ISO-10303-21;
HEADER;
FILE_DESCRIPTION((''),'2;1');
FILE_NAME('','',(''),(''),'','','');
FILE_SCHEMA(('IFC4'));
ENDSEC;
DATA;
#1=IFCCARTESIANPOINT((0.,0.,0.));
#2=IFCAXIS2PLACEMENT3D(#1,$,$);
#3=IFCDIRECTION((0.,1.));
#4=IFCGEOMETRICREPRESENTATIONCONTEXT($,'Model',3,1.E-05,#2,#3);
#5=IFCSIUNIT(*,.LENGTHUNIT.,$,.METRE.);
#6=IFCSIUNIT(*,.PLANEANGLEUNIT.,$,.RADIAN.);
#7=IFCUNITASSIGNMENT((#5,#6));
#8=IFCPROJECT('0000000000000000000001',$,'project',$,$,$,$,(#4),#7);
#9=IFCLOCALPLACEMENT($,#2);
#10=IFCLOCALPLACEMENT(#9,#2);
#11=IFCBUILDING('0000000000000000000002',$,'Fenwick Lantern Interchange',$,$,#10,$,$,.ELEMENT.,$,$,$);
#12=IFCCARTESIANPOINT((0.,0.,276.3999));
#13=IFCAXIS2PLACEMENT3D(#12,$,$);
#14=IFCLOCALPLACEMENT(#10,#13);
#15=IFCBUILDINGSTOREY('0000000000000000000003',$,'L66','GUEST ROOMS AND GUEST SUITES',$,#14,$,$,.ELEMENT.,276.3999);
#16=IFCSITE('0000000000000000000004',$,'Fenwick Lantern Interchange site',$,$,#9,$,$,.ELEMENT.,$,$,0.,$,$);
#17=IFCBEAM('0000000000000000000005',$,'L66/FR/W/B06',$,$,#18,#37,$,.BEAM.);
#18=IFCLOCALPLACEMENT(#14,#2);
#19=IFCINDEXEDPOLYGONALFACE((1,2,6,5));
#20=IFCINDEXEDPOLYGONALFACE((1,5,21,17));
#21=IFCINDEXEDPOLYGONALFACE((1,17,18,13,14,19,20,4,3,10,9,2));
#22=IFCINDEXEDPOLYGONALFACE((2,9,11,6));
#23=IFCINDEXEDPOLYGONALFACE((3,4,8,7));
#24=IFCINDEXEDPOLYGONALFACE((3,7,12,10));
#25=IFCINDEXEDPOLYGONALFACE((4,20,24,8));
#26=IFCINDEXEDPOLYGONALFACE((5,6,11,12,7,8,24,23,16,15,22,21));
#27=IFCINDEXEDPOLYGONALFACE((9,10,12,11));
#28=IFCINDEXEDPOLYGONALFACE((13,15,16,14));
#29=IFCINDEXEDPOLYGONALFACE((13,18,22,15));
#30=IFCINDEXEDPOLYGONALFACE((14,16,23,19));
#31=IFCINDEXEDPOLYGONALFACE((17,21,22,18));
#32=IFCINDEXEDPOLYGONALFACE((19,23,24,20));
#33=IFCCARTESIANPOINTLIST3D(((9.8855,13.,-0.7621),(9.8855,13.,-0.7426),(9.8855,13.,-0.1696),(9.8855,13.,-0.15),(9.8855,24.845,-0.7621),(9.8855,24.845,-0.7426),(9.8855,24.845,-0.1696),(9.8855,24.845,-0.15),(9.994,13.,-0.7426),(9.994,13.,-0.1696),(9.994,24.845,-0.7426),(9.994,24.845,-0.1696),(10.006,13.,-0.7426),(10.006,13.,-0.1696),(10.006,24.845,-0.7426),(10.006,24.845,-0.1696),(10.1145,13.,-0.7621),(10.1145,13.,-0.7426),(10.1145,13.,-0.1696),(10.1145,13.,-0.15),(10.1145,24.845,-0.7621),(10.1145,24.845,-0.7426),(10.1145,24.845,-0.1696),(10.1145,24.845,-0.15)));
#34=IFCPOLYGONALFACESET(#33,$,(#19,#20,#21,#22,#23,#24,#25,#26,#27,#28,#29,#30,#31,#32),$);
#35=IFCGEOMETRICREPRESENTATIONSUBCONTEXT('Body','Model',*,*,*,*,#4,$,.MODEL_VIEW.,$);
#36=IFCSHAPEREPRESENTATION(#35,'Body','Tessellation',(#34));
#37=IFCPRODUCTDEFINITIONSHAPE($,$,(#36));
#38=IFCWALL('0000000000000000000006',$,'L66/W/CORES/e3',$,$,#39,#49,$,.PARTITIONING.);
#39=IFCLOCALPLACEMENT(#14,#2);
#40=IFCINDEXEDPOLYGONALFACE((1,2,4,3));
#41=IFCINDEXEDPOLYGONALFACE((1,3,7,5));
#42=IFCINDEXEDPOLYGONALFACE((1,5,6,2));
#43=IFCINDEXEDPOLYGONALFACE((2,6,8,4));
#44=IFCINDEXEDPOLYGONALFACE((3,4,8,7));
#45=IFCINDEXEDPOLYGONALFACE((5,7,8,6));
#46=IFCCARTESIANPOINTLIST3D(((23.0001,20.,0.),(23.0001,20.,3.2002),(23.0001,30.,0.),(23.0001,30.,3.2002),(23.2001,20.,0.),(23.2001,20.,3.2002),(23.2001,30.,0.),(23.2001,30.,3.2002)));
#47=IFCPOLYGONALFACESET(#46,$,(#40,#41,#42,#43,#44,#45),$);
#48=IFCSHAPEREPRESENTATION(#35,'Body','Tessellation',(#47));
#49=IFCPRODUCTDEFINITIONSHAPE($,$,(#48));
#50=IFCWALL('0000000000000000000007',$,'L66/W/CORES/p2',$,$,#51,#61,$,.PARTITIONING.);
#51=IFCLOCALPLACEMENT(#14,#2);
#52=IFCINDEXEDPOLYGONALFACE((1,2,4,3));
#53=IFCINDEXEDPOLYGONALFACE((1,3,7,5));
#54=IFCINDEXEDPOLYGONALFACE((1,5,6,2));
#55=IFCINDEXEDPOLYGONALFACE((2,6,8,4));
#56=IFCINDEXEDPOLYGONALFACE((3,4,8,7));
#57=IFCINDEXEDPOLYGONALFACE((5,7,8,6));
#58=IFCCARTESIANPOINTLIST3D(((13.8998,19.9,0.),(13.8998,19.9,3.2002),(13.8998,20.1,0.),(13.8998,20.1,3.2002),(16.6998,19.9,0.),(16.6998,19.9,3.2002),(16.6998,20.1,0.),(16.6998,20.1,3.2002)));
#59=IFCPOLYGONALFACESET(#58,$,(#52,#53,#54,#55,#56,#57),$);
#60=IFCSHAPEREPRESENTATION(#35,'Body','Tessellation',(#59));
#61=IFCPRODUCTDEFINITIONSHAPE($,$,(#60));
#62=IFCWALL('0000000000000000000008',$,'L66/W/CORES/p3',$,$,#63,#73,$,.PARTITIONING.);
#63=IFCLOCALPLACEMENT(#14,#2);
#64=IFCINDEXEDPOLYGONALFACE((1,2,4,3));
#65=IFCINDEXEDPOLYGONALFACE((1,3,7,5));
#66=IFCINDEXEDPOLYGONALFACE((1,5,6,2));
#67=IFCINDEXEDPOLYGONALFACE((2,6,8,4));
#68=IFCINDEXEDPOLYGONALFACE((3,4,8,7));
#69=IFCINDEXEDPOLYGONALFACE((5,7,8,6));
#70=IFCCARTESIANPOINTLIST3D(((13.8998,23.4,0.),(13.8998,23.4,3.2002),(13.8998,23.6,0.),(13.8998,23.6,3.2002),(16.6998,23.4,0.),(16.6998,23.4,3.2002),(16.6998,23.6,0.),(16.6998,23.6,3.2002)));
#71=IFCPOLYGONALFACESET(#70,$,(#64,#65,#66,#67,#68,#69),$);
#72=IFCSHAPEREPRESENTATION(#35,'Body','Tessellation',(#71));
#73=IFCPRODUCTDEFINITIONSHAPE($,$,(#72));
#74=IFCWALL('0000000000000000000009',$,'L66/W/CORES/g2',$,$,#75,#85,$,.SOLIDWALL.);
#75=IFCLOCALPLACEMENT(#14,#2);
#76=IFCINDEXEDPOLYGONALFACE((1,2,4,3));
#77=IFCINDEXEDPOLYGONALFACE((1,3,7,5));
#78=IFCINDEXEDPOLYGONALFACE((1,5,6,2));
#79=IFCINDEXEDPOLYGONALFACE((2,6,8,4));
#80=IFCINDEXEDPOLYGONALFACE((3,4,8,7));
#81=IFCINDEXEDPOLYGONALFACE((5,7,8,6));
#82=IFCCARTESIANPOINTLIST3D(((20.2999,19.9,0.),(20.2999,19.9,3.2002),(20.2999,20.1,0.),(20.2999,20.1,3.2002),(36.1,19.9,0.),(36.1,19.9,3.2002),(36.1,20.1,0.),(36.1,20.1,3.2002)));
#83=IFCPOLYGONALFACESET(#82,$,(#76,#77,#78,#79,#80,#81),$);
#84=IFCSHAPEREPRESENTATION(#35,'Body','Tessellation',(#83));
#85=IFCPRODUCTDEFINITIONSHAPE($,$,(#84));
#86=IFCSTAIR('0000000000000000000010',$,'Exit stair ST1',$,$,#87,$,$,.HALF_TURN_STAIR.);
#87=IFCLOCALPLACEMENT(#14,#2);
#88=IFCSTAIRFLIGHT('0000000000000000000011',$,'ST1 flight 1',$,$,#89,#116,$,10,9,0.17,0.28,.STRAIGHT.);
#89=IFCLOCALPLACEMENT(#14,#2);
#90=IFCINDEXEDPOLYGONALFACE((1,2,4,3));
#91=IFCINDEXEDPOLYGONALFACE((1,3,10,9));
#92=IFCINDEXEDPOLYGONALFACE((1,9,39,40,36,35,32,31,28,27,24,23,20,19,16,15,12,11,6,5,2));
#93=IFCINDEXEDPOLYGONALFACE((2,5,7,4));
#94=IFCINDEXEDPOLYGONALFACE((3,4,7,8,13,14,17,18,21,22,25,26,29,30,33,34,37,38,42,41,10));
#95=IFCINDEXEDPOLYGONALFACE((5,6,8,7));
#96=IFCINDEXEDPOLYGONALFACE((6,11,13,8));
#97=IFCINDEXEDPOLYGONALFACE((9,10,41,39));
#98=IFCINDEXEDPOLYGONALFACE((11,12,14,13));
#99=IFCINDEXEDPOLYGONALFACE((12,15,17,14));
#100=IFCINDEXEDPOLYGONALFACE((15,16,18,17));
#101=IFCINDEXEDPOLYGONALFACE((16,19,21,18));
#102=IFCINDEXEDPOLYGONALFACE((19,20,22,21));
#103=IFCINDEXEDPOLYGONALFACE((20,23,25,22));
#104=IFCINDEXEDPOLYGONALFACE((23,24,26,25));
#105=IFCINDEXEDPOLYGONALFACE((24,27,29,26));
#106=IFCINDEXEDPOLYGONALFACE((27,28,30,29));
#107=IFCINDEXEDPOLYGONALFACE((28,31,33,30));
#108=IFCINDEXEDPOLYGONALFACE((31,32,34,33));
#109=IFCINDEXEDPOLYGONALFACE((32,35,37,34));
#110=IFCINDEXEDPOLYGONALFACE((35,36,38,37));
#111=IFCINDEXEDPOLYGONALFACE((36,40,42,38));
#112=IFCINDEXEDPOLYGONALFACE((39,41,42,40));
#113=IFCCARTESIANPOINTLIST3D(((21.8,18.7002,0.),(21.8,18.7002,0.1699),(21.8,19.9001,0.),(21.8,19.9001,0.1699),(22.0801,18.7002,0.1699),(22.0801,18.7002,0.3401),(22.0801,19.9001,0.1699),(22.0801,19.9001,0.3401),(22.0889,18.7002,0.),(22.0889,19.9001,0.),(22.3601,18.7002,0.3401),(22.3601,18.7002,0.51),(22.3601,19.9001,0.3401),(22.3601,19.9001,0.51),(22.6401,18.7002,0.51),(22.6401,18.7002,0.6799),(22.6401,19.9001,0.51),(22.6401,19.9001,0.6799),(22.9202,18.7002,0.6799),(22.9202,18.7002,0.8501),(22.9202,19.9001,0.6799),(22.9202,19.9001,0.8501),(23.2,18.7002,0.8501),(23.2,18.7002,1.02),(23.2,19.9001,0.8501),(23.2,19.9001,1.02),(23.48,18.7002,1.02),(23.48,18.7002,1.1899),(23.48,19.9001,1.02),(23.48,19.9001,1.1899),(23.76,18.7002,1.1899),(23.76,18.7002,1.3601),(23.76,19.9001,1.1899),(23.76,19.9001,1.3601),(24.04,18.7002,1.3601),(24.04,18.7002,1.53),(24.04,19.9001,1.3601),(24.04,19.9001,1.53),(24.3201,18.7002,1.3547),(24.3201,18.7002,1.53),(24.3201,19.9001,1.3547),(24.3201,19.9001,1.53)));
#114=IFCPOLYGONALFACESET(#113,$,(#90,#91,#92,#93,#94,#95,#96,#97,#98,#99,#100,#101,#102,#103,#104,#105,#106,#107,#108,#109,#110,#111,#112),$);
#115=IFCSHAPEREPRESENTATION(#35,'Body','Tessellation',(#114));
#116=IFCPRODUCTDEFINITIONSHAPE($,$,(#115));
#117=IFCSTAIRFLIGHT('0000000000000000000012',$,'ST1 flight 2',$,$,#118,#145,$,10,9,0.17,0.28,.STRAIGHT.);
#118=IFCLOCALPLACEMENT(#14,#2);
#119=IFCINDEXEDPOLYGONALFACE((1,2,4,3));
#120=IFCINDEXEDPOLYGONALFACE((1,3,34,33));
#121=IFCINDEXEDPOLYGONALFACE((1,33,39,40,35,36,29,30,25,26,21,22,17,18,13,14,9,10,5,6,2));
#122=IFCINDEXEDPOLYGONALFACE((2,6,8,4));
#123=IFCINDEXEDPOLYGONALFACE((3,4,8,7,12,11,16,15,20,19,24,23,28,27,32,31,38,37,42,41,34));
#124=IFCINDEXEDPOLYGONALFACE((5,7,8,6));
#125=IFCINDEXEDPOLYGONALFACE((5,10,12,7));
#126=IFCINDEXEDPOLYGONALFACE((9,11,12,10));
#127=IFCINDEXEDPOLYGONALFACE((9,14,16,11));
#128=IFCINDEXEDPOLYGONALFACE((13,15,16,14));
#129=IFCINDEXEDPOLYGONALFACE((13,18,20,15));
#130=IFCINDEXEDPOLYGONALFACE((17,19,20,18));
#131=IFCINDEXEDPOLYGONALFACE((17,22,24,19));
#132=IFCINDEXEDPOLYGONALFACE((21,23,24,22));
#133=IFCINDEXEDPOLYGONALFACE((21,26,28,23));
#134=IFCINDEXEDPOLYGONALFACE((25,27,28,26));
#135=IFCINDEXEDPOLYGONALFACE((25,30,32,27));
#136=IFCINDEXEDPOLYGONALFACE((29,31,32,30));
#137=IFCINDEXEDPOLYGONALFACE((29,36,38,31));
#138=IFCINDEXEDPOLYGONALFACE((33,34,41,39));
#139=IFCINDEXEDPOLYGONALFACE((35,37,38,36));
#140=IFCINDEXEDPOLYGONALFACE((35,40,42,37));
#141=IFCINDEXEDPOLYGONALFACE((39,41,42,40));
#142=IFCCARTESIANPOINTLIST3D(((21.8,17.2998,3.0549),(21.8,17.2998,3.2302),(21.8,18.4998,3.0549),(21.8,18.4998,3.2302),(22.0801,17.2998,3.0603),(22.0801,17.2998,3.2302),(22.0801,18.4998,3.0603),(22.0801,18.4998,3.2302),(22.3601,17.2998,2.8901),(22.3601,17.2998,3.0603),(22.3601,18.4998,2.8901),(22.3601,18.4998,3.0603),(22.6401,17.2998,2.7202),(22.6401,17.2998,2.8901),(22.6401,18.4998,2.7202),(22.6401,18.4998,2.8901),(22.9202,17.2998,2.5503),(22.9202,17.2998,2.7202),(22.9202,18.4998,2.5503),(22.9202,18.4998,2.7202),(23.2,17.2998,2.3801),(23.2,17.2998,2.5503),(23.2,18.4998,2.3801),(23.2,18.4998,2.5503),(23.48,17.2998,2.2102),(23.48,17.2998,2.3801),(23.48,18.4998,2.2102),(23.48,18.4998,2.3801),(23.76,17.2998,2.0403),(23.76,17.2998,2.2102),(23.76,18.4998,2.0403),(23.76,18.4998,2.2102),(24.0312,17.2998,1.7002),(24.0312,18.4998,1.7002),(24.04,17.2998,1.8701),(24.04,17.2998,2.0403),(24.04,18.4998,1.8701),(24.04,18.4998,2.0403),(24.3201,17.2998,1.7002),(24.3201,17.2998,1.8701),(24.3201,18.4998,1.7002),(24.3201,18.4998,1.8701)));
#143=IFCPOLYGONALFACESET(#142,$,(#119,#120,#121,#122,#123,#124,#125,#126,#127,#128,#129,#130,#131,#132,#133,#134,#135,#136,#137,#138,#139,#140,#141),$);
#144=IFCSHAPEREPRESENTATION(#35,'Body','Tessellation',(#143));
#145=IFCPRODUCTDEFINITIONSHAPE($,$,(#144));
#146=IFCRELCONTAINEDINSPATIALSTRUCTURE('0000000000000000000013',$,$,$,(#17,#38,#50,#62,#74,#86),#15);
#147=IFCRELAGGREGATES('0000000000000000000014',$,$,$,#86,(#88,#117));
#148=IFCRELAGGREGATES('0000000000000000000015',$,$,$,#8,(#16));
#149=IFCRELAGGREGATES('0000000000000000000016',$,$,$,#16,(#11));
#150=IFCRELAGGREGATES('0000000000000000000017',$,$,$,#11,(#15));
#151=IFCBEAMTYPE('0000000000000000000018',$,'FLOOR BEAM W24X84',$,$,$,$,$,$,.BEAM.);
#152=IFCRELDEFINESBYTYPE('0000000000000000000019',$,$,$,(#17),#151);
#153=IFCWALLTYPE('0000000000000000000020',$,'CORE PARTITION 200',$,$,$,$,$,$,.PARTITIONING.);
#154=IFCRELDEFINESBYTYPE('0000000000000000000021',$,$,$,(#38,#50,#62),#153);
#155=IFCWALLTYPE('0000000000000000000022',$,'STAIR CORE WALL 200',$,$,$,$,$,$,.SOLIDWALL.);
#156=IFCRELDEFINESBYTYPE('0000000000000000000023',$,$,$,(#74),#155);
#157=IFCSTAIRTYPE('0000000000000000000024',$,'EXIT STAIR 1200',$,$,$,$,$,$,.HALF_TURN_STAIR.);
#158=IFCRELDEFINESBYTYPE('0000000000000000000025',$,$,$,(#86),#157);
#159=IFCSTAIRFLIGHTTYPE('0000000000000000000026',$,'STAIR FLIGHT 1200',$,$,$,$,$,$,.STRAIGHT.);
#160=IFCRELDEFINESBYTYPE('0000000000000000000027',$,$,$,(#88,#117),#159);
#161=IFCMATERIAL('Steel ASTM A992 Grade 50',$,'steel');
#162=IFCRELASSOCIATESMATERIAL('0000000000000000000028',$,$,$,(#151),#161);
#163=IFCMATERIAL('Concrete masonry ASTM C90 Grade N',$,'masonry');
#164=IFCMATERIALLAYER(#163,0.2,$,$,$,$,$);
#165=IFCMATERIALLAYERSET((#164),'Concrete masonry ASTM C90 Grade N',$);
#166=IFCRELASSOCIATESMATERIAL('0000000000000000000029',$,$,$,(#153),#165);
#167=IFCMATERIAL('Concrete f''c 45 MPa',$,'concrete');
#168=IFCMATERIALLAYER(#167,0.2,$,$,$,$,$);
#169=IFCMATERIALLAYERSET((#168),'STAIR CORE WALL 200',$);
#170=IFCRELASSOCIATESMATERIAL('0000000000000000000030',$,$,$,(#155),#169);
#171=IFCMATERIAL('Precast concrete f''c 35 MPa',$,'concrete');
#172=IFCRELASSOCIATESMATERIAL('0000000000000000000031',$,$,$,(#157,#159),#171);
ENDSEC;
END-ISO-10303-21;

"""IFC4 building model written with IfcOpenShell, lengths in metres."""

from ifc_helpers import new_model, si_unit, direction, frame, frame_2d, origin, origin_2d, place, context, subcontext, project, spatial, polyline, rectangle, i_section, outline, extrude, material, layer, layer_set, material_profile, profile_set, type_object, element, aggregate, save


model = new_model("IFC4")

# Units and contexts
model_context = context("Model", 3, precision=1e-05, world=origin(), true_north=direction((0.0, 1.0)))
body_context = subcontext(model_context, "Body", "Model", "MODEL_VIEW")
ifc_project = project(units=[si_unit("LENGTHUNIT", "METRE"), si_unit("PLANEANGLEUNIT", "RADIAN")], contexts=[model_context])

# Site, building, storey
site_placement = place(None, origin())
site = spatial("IfcSite", under=ifc_project, at=site_placement, Name="Fenwick Lantern Interchange site", CompositionType="ELEMENT", RefElevation=0.0)
building_placement = place(site_placement, origin())
building = spatial("IfcBuilding", under=site, at=building_placement, Name="Fenwick Lantern Interchange", CompositionType="ELEMENT")
storey_placement = place(building_placement, frame((0.0, 0.0, 276.3999)))
storey = spatial("IfcBuildingStorey", under=building, at=storey_placement, Name="L66", Description="GUEST ROOMS AND GUEST SUITES", CompositionType="ELEMENT", Elevation=276.3999)

# Beam
ifc_material_1 = material(Name="Steel ASTM A992 Grade 50", Category="steel")
ifc_material_profile = material_profile(ifc_material_1, i_section(OverallWidth=0.229, OverallDepth=0.6121, WebThickness=0.012, FlangeThickness=0.0195, at=origin_2d()), Name="W24X84")
ifc_profile_set = profile_set([ifc_material_profile], Name="Steel ASTM A992 Grade 50")
beam_type = type_object("IfcBeamType", Name="FLOOR BEAM W24X84", PredefinedType="BEAM", material=ifc_profile_set)
beam_placement = place(storey_placement, frame((10.0, 24.845, -0.4561), z_axis=(0.0, -1.0, 0.0), x_axis=(1.0, 0.0, 0.0)))
element("IfcBeam", 1, at=beam_placement, inside=storey, type_object=beam_type, Name="L66/FR/W/B06", PredefinedType="BEAM", context=body_context, shape_type="SweptSolid", body=[
    extrude(i_section(OverallWidth=0.229, OverallDepth=0.6121, WebThickness=0.012, FlangeThickness=0.0195, at=origin_2d()), origin(), (0.0, 0.0, 1.0), 11.845),
])

# Walls
ifc_material_2 = material(Name="Concrete masonry ASTM C90 Grade N", Category="masonry")
ifc_layer_1 = layer(ifc_material_2, 0.2)
ifc_layer_set_1 = layer_set([ifc_layer_1], Name="Concrete masonry ASTM C90 Grade N")
wall_type_1 = type_object("IfcWallType", Name="CORE PARTITION 200", PredefinedType="PARTITIONING", material=ifc_layer_set_1)
wall_1_placement = place(storey_placement, frame((23.1001, 20.0, 0.0), z_axis=(0.0, 0.0, 1.0), x_axis=(0.0, 1.0, 0.0)))
element("IfcWall", 2, at=wall_1_placement, inside=storey, type_object=wall_type_1, Name="L66/W/CORES/e3", PredefinedType="PARTITIONING", context=body_context, shape_type="SweptSolid", body=[
    extrude(rectangle(XDim=10.0, YDim=0.2, at=frame_2d((5.0, 0.0))), origin(), (0.0, 0.0, 1.0), 3.2002),
])
for number, where, z_axis, x_axis, name in (
    (3, (13.8999, 20.0, 0.0), (0.0, 0.0, 1.0), (1.0, 0.0, 0.0), "L66/W/CORES/p2"),
    (4, (13.8999, 23.5, 0.0), (0.0, 0.0, 1.0), (1.0, 0.0, 0.0), "L66/W/CORES/p3"),
):
    element("IfcWall", number, at=place(storey_placement, frame(where, z_axis=z_axis, x_axis=x_axis)), inside=storey, type_object=wall_type_1, Name=name, PredefinedType="PARTITIONING", context=body_context, shape_type="SweptSolid", body=[
        extrude(rectangle(XDim=2.8, YDim=0.2, at=frame_2d((1.3999, 0.0))), origin(), (0.0, 0.0, 1.0), 3.2002),
    ])
ifc_material_3 = material(Name="Concrete f'c 45 MPa", Category="concrete")
ifc_layer_2 = layer(ifc_material_3, 0.2)
ifc_layer_set_2 = layer_set([ifc_layer_2], Name="STAIR CORE WALL 200")
wall_type_2 = type_object("IfcWallType", Name="STAIR CORE WALL 200", PredefinedType="SOLIDWALL", material=ifc_layer_set_2)
wall_2_placement = place(storey_placement, frame((20.3, 20.0, 0.0), z_axis=(0.0, 0.0, 1.0), x_axis=(1.0, 0.0, 0.0)))
element("IfcWall", 5, at=wall_2_placement, inside=storey, type_object=wall_type_2, Name="L66/W/CORES/g2", PredefinedType="SOLIDWALL", context=body_context, shape_type="SweptSolid", body=[
    extrude(rectangle(XDim=15.8, YDim=0.2, at=frame_2d((7.8999, 0.0))), origin(), (0.0, 0.0, 1.0), 3.2002),
])

# Stair, stair flights
ifc_material_4 = material(Name="Precast concrete f'c 35 MPa", Category="concrete")
stair_type = type_object("IfcStairType", Name="EXIT STAIR 1200", PredefinedType="HALF_TURN_STAIR", material=ifc_material_4)
stair_placement = place(storey_placement, origin())
stair = element("IfcStair", 6, at=stair_placement, inside=storey, type_object=stair_type, Name="Exit stair ST1", PredefinedType="HALF_TURN_STAIR")
stair_flight_type = type_object("IfcStairFlightType", Name="STAIR FLIGHT 1200", PredefinedType="STRAIGHT", material=ifc_material_4)
stair_flight_1_placement = place(storey_placement, frame((21.8, 19.3, 0.0), z_axis=(0.0, 0.0, 1.0), x_axis=(1.0, 0.0, 0.0)))
stair_flight_1 = element("IfcStairFlight", 7, at=stair_flight_1_placement, type_object=stair_flight_type, Name="ST1 flight 1", NumberOfRisers=10, NumberOfTreads=9, PredefinedType="STRAIGHT", RiserHeight=0.17, TreadLength=0.28, context=body_context, shape_type="SweptSolid", body=[
    extrude(outline(polyline([(0.0, 0.0), (0.0, 0.1699), (0.28, 0.1699), (0.28, 0.3401), (0.5601, 0.3401), (0.5601, 0.51), (0.8401, 0.51), (0.8401, 0.6799), (1.1201, 0.6799), (1.1201, 0.8501), (1.3999, 0.8501), (1.3999, 1.02), (1.6799, 1.02), (1.6799, 1.1899), (1.96, 1.1899), (1.96, 1.3601), (2.24, 1.3601), (2.24, 1.53), (2.52, 1.53), (2.52, 1.7), (2.52, 1.3547), (0.2888, 0.0), (0.0, 0.0)])), frame((0.0, 0.6001, 0.0), z_axis=(0.0, -1.0, 0.0), x_axis=(1.0, 0.0, 0.0)), (0.0, 0.0, 1.0), 1.2),
])
stair_flight_2_placement = place(storey_placement, frame((24.3201, 17.8999, 1.7002), z_axis=(0.0, 0.0, 1.0), x_axis=(-1.0, 0.0, 0.0)))
stair_flight_2 = element("IfcStairFlight", 8, at=stair_flight_2_placement, type_object=stair_flight_type, Name="ST1 flight 2", NumberOfRisers=10, NumberOfTreads=9, PredefinedType="STRAIGHT", RiserHeight=0.17, TreadLength=0.28, context=body_context, shape_type="SweptSolid", body=[
    extrude(outline(polyline([(0.0, 0.0), (0.0, 0.1699), (0.28, 0.1699), (0.28, 0.3401), (0.5601, 0.3401), (0.5601, 0.51), (0.8401, 0.51), (0.8401, 0.6799), (1.1201, 0.6799), (1.1201, 0.8501), (1.3999, 0.8501), (1.3999, 1.02), (1.6799, 1.02), (1.6799, 1.1899), (1.96, 1.1899), (1.96, 1.3601), (2.24, 1.3601), (2.24, 1.53), (2.52, 1.53), (2.52, 1.7), (2.52, 1.3547), (0.2888, 0.0), (0.0, 0.0)])), frame((0.0, 0.6001, 0.0), z_axis=(0.0, -1.0, 0.0), x_axis=(1.0, 0.0, 0.0)), (0.0, 0.0, 1.0), 1.2),
])
aggregate(stair, [stair_flight_1, stair_flight_2])

save(model, "model.ifc")
